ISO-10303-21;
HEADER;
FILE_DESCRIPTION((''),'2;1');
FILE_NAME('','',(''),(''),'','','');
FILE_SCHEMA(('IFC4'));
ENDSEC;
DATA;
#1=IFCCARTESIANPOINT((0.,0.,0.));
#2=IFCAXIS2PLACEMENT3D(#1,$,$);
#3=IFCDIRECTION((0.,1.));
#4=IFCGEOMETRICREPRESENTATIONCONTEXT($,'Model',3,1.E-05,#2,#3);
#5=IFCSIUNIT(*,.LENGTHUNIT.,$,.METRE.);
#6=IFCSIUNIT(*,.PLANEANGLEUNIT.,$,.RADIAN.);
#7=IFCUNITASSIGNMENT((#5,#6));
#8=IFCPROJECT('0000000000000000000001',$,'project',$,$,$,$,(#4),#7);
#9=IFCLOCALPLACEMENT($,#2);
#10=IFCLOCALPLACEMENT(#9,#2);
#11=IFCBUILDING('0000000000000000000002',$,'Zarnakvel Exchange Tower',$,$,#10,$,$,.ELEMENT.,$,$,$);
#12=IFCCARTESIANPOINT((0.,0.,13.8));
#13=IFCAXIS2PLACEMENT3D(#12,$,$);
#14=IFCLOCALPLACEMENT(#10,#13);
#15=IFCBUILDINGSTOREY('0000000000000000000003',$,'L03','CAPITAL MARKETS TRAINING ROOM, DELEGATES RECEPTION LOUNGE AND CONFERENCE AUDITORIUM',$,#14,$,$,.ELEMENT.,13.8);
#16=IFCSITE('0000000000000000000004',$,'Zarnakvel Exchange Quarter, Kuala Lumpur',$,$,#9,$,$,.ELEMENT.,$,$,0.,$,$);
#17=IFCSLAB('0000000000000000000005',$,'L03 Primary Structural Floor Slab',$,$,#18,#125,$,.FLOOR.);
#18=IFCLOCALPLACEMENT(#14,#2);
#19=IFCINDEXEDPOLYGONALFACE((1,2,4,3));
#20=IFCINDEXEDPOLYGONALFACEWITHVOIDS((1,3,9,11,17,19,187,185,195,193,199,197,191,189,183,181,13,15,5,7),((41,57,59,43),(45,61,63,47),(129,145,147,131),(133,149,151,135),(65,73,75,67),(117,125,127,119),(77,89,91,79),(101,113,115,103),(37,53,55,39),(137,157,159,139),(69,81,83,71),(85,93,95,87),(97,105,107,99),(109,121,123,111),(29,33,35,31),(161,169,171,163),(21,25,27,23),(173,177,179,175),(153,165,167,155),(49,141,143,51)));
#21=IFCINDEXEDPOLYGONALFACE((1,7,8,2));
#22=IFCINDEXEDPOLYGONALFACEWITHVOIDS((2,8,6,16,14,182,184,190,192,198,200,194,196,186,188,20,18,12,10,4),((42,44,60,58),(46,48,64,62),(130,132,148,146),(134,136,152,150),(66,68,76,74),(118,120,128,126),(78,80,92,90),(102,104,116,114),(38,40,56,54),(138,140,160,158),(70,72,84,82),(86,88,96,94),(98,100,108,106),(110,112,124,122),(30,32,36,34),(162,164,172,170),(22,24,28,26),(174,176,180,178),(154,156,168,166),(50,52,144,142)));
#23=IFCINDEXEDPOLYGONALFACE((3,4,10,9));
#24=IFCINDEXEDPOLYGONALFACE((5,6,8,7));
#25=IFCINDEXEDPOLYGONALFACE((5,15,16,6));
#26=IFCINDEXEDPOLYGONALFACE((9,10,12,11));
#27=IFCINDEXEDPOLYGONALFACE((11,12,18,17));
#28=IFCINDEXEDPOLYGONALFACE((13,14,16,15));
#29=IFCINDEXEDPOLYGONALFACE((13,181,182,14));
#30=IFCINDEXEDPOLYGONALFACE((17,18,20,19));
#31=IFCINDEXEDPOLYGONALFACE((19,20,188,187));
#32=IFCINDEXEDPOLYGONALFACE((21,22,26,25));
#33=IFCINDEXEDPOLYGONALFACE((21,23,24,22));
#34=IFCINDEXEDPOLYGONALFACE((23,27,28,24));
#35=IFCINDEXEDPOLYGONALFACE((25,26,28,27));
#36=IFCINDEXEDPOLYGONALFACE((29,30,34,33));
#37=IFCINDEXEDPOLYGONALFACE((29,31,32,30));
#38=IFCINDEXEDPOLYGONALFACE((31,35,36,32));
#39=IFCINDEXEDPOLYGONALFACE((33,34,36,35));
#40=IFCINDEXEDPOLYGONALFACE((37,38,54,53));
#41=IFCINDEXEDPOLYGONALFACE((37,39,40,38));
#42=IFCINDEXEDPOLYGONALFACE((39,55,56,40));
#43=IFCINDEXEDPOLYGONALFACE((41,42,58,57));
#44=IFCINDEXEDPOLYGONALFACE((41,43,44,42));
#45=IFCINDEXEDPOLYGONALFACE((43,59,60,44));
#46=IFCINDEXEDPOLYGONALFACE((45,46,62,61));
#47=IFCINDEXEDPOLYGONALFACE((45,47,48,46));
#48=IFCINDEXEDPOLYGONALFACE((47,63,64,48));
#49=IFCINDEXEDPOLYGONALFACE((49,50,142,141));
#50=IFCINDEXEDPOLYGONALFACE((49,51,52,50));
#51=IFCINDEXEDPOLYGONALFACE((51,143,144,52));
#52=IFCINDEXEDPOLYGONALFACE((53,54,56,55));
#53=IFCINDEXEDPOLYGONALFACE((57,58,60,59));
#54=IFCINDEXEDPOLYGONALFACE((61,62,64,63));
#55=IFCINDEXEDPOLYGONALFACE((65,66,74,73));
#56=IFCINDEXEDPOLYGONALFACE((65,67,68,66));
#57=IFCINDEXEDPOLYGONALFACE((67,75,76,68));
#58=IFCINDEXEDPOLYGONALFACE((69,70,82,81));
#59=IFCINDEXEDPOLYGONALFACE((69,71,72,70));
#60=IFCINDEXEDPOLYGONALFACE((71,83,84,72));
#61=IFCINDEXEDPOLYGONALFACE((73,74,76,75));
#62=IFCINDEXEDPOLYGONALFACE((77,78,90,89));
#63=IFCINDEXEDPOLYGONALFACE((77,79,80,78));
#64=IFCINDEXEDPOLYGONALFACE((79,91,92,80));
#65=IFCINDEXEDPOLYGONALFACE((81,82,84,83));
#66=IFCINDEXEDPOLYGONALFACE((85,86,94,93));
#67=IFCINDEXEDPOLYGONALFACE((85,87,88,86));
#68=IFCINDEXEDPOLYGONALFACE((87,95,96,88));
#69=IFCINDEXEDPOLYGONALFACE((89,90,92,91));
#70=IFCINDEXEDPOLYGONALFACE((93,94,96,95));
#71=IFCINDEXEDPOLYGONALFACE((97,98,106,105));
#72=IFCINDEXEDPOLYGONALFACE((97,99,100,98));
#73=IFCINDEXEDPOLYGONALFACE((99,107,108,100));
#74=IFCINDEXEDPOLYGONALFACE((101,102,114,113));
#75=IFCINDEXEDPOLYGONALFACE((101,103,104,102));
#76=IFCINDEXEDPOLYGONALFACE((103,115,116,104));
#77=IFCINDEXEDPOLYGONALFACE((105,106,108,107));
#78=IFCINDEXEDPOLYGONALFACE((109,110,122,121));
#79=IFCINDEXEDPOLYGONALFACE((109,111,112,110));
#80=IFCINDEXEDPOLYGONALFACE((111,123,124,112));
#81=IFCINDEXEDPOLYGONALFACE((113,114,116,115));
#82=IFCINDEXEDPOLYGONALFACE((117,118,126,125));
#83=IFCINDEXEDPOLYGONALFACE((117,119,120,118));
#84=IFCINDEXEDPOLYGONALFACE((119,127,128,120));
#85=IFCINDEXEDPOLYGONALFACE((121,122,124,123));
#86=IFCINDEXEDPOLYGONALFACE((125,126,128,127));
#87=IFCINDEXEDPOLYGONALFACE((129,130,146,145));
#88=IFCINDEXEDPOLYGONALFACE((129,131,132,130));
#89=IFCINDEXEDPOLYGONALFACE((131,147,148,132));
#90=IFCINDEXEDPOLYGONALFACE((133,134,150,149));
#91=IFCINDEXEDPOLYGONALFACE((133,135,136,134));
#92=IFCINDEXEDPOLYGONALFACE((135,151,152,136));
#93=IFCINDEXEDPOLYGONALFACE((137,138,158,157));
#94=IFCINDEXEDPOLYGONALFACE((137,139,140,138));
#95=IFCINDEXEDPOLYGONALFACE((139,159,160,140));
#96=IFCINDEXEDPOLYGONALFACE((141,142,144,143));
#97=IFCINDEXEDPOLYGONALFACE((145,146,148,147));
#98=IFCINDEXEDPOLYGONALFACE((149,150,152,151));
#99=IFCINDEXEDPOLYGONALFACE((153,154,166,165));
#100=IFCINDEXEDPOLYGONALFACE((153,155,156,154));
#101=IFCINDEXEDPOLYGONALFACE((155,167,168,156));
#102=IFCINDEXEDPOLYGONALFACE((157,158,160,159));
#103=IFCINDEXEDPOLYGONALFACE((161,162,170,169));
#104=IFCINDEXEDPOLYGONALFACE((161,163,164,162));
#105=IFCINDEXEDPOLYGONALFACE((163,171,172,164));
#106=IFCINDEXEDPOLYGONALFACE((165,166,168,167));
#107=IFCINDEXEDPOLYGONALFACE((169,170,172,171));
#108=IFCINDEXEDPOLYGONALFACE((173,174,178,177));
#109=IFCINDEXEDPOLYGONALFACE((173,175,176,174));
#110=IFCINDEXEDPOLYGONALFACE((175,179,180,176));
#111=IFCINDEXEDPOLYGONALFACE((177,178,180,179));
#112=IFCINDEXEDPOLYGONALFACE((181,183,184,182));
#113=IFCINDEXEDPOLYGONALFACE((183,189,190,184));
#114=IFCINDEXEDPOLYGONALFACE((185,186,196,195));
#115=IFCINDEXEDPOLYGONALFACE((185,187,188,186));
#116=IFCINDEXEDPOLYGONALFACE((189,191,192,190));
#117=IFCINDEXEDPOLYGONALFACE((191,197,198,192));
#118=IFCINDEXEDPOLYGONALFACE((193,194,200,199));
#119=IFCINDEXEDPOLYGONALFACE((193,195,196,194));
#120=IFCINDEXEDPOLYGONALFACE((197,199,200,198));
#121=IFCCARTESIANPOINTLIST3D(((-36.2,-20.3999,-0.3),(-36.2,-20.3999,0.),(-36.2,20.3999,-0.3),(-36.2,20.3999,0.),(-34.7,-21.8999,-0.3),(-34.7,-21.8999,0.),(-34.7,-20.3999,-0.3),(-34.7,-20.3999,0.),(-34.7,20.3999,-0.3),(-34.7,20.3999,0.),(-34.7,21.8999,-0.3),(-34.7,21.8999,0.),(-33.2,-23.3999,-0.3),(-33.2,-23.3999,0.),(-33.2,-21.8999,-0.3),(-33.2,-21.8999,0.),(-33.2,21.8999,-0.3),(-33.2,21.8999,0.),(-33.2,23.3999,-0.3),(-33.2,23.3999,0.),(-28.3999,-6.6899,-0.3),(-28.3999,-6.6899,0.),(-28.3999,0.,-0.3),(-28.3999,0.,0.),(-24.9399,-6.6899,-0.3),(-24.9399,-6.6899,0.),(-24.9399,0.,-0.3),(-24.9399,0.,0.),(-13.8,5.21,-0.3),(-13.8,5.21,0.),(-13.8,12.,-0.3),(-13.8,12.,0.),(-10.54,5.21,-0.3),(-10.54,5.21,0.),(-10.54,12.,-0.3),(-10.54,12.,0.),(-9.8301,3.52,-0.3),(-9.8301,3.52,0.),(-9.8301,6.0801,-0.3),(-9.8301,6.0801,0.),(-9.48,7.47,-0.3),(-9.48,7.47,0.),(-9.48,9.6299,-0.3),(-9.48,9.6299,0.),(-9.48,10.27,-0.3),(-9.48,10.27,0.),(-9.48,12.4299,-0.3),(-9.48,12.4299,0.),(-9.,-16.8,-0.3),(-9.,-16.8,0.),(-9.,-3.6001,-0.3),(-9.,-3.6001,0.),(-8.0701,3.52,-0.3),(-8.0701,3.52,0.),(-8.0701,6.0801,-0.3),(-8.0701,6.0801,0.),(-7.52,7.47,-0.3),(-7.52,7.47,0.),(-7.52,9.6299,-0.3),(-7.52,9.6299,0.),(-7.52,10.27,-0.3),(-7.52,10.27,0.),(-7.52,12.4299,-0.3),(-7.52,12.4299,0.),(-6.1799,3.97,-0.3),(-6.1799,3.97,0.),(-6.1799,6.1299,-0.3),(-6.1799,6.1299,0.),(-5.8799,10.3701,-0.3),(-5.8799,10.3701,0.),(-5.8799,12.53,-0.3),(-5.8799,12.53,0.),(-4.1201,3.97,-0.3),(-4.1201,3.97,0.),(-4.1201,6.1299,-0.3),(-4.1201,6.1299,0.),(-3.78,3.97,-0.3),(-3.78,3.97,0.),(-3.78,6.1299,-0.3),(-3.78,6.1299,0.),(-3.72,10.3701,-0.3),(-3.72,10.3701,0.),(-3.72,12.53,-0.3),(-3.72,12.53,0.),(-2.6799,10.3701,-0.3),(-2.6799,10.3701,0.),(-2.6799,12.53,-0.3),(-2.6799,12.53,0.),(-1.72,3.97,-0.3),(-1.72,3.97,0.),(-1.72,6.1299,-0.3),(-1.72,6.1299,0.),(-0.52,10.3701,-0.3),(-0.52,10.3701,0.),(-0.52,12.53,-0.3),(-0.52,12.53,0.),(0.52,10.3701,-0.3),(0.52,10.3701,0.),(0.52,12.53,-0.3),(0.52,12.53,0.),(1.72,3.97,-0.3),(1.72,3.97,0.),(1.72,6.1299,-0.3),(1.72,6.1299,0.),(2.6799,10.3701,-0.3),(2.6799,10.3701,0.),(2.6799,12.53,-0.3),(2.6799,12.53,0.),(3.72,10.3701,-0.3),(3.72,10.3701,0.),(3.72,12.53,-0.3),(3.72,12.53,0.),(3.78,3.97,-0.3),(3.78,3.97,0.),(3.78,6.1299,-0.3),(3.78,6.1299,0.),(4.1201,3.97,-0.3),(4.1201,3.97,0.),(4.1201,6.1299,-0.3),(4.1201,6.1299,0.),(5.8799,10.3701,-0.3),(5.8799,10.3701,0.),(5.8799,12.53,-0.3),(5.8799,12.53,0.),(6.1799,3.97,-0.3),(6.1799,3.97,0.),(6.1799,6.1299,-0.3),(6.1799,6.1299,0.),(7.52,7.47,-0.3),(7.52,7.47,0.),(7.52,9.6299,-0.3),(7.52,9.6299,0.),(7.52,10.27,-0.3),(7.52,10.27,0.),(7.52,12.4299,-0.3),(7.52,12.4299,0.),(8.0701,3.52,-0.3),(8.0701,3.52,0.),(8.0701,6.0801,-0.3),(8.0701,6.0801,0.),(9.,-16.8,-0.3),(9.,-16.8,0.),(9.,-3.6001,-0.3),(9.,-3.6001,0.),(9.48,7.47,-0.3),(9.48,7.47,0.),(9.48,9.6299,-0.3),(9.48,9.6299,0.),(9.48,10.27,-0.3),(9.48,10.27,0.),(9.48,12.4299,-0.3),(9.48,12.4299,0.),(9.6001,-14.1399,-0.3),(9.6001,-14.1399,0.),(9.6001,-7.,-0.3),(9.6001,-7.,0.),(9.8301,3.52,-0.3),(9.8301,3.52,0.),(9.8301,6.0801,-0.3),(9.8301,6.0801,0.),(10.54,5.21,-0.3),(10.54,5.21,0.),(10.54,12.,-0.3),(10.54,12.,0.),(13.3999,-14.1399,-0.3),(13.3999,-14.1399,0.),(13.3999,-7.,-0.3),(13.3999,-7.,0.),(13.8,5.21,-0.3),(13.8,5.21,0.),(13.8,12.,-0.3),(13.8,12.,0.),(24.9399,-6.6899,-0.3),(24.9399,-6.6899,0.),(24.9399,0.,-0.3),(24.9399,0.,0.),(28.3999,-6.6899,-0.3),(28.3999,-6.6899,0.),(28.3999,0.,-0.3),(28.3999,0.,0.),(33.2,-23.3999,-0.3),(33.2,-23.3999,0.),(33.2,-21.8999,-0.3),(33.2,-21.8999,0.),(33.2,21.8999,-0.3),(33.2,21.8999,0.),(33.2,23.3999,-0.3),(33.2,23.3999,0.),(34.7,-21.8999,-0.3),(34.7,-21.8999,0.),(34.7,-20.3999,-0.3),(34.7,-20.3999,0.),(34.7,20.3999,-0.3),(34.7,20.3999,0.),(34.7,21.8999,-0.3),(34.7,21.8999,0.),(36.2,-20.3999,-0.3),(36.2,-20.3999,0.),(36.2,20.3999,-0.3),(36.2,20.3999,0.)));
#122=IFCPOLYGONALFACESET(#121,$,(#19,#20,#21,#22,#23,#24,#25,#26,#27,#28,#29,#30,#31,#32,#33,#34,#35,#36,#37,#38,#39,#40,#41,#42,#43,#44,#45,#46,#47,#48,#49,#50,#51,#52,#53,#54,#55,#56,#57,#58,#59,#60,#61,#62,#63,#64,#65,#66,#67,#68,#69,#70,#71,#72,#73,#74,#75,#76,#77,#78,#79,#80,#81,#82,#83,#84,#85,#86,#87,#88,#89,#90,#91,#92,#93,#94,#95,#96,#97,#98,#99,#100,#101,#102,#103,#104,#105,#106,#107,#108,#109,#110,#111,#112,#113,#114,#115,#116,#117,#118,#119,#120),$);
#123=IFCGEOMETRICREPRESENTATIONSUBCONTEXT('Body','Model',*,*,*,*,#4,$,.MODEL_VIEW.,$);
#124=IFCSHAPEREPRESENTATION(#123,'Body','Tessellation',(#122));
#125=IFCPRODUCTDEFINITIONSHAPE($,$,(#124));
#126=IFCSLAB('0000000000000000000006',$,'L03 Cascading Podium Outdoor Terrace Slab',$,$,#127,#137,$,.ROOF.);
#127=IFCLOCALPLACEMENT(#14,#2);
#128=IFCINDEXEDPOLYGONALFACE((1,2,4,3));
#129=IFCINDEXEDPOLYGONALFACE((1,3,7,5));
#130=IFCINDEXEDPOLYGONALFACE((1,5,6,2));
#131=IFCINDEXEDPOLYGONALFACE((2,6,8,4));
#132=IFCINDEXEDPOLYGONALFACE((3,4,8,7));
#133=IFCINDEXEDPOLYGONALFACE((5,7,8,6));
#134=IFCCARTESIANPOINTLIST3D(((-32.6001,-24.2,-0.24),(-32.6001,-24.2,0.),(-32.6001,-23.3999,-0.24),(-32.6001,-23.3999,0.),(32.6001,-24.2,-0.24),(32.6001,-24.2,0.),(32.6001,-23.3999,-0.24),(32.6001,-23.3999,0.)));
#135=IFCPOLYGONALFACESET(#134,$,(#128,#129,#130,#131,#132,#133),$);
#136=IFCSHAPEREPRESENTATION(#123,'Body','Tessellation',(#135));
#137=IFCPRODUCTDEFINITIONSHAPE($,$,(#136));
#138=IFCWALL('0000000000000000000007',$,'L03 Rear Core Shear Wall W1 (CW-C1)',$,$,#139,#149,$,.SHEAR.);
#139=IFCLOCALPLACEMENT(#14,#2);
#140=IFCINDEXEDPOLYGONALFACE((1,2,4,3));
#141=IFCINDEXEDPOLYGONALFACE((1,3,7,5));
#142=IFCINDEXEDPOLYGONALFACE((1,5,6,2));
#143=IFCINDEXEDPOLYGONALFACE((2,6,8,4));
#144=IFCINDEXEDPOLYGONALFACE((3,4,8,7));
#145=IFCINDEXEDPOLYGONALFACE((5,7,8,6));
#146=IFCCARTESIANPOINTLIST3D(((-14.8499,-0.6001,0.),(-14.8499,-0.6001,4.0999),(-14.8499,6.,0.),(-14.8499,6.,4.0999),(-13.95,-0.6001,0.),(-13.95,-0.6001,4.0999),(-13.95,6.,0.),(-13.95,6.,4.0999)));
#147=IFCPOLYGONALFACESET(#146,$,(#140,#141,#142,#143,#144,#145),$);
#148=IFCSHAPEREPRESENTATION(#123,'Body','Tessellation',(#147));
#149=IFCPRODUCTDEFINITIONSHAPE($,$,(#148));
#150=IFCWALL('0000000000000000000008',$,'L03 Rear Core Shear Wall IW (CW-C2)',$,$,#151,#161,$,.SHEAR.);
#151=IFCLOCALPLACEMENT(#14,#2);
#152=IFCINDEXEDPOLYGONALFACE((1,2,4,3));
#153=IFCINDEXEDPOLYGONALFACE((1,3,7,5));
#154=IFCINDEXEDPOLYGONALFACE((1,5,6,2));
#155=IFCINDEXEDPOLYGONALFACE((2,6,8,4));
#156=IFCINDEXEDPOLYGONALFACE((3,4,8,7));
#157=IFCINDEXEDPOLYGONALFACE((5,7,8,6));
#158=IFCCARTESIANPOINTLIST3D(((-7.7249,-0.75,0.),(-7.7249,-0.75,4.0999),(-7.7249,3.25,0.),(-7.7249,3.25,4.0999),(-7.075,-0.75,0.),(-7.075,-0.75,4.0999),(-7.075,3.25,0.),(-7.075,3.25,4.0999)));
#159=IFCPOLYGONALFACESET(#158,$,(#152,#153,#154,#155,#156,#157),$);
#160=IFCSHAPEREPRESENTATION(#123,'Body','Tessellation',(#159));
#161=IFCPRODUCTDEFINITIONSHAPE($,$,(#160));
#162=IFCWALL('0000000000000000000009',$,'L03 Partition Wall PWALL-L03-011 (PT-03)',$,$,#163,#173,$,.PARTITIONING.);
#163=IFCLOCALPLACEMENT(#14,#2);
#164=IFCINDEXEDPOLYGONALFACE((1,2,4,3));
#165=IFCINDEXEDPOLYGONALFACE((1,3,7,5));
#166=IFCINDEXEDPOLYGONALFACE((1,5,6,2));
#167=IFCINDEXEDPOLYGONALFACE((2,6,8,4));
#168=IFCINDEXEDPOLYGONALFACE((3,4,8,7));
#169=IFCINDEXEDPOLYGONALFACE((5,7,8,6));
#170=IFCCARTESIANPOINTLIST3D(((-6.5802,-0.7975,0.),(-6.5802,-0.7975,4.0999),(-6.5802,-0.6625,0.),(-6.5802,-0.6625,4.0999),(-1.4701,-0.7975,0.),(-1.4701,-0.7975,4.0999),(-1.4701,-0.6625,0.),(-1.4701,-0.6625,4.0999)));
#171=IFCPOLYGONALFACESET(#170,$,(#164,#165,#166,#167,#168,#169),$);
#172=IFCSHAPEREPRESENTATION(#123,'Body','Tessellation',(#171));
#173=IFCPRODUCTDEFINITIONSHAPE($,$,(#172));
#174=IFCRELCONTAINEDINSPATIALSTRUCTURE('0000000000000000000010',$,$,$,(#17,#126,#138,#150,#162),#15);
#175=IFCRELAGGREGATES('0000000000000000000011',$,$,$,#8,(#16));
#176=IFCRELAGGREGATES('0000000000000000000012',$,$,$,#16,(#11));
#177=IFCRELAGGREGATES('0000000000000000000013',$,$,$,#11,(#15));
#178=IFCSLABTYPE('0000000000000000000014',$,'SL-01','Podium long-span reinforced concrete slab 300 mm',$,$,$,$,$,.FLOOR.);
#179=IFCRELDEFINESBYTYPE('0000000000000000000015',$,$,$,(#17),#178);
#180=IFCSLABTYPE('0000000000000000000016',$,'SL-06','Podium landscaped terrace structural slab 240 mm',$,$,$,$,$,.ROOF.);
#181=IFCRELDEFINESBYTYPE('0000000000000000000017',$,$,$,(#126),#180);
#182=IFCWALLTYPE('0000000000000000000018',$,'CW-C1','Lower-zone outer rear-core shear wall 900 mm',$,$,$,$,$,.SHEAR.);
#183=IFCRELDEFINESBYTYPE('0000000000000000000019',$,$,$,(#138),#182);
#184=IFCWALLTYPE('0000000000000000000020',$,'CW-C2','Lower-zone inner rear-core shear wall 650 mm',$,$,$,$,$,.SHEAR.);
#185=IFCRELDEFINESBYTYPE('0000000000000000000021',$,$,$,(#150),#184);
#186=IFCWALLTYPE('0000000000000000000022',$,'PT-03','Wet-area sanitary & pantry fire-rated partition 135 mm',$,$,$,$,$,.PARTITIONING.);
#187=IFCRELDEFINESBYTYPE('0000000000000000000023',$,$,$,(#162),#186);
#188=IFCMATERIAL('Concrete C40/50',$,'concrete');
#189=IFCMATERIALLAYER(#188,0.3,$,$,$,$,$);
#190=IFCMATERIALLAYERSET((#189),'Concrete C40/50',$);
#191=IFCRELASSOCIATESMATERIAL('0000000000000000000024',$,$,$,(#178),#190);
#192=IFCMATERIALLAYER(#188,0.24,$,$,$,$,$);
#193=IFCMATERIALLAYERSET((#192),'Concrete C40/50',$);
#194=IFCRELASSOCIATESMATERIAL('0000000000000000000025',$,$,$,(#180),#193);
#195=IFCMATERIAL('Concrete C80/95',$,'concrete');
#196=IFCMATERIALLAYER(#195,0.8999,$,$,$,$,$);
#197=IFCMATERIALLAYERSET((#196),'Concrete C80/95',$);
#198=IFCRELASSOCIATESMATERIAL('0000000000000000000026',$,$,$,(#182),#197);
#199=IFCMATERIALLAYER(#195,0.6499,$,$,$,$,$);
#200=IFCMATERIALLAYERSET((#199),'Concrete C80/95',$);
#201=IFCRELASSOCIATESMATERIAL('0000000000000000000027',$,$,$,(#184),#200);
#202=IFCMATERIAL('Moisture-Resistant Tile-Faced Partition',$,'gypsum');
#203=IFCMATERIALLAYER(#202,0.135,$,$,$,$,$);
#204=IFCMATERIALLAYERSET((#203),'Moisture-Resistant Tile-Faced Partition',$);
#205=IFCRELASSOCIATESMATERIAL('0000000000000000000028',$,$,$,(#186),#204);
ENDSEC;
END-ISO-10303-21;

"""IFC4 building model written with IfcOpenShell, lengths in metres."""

from ifc_helpers import new_model, si_unit, direction, frame, frame_2d, origin, place, context, subcontext, project, spatial, polyline, rectangle, outline, extrude, material, layer, layer_set, type_object, element, save


model = new_model("IFC4")

# Units and contexts
model_context = context("Model", 3, precision=1e-05, world=origin(), true_north=direction((0.0, 1.0)))
body_context = subcontext(model_context, "Body", "Model", "MODEL_VIEW")
ifc_project = project(units=[si_unit("LENGTHUNIT", "METRE"), si_unit("PLANEANGLEUNIT", "RADIAN")], contexts=[model_context])

# Site, building, storey
site_placement = place(None, origin())
site = spatial("IfcSite", under=ifc_project, at=site_placement, Name="Zarnakvel Exchange Quarter, Kuala Lumpur", CompositionType="ELEMENT", RefElevation=0.0)
building_placement = place(site_placement, origin())
building = spatial("IfcBuilding", under=site, at=building_placement, Name="Zarnakvel Exchange Tower", CompositionType="ELEMENT")
storey_placement = place(building_placement, frame((0.0, 0.0, 13.8)))
storey = spatial("IfcBuildingStorey", under=building, at=storey_placement, Name="L03", Description="CAPITAL MARKETS TRAINING ROOM, DELEGATES RECEPTION LOUNGE AND CONFERENCE AUDITORIUM", CompositionType="ELEMENT", Elevation=13.8)

# Shared definitions
ifc_material_1 = material(Name="Concrete C80/95", Category="concrete")

# Shared definitions
ifc_material_2 = material(Name="Concrete C40/50", Category="concrete")

# Slabs
ifc_layer_1 = layer(ifc_material_2, 0.3)
ifc_layer_set_1 = layer_set([ifc_layer_1], Name="Concrete C40/50")
slab_type_1 = type_object("IfcSlabType", Name="SL-01", Description="Podium long-span reinforced concrete slab 300 mm", PredefinedType="FLOOR", material=ifc_layer_set_1)
slab_1_placement = place(storey_placement, frame((0.0, 0.0, -0.3)))
element("IfcSlab", 1, at=slab_1_placement, inside=storey, type_object=slab_type_1, Name="L03 Primary Structural Floor Slab", PredefinedType="FLOOR", context=body_context, shape_type="SweptSolid", body=[
    extrude(outline(polyline([(-36.2, -20.3999), (-34.7, -20.3999), (-34.7, -21.8999), (-33.2, -21.8999), (-33.2, -23.3999), (33.2, -23.3999), (33.2, -21.8999), (34.7, -21.8999), (34.7, -20.3999), (36.2, -20.3999), (36.2, 20.3999), (34.7, 20.3999), (34.7, 21.8999), (33.2, 21.8999), (33.2, 23.3999), (-33.2, 23.3999), (-33.2, 21.8999), (-34.7, 21.8999), (-34.7, 20.3999), (-36.2, 20.3999), (-36.2, -20.3999)]), holes=[polyline([(-9.0, -16.8), (9.0, -16.8), (9.0, -3.6001), (-9.0, -3.6001), (-9.0, -16.8)]), polyline([(-13.8, 5.21), (-10.54, 5.21), (-10.54, 12.0), (-13.8, 12.0), (-13.8, 5.21)]), polyline([(10.54, 5.21), (13.8, 5.21), (13.8, 12.0), (10.54, 12.0), (10.54, 5.21)]), polyline([(-28.3999, -6.6899), (-24.9399, -6.6899), (-24.9399, 0.0), (-28.3999, 0.0), (-28.3999, -6.6899)]), polyline([(24.9399, -6.6899), (28.3999, -6.6899), (28.3999, 0.0), (24.9399, 0.0), (24.9399, -6.6899)]), polyline([(9.6001, -14.1399), (13.3999, -14.1399), (13.3999, -7.0), (9.6001, -7.0), (9.6001, -14.1399)]), polyline([(-9.8301, 3.52), (-8.0701, 3.52), (-8.0701, 6.0801), (-9.8301, 6.0801), (-9.8301, 3.52)]), polyline([(8.0701, 3.52), (9.8301, 3.52), (9.8301, 6.0801), (8.0701, 6.0801), (8.0701, 3.52)]), polyline([(-5.8799, 10.3701), (-3.72, 10.3701), (-3.72, 12.53), (-5.8799, 12.53), (-5.8799, 10.3701)]), polyline([(-2.6799, 10.3701), (-0.52, 10.3701), (-0.52, 12.53), (-2.6799, 12.53), (-2.6799, 10.3701)]), polyline([(0.52, 10.3701), (2.6799, 10.3701), (2.6799, 12.53), (0.52, 12.53), (0.52, 10.3701)]), polyline([(3.72, 10.3701), (5.8799, 10.3701), (5.8799, 12.53), (3.72, 12.53), (3.72, 10.3701)]), polyline([(-6.1799, 3.97), (-4.1201, 3.97), (-4.1201, 6.1299), (-6.1799, 6.1299), (-6.1799, 3.97)]), polyline([(-3.78, 3.97), (-1.72, 3.97), (-1.72, 6.1299), (-3.78, 6.1299), (-3.78, 3.97)]), polyline([(1.72, 3.97), (3.78, 3.97), (3.78, 6.1299), (1.72, 6.1299), (1.72, 3.97)]), polyline([(4.1201, 3.97), (6.1799, 3.97), (6.1799, 6.1299), (4.1201, 6.1299), (4.1201, 3.97)]), polyline([(-9.48, 7.47), (-7.52, 7.47), (-7.52, 9.6299), (-9.48, 9.6299), (-9.48, 7.47)]), polyline([(-9.48, 10.27), (-7.52, 10.27), (-7.52, 12.4299), (-9.48, 12.4299), (-9.48, 10.27)]), polyline([(7.52, 7.47), (9.48, 7.47), (9.48, 9.6299), (7.52, 9.6299), (7.52, 7.47)]), polyline([(7.52, 10.27), (9.48, 10.27), (9.48, 12.4299), (7.52, 12.4299), (7.52, 10.27)])]), origin(), (0.0, 0.0, 1.0), 0.3),
])
ifc_layer_2 = layer(ifc_material_2, 0.24)
ifc_layer_set_2 = layer_set([ifc_layer_2], Name="Concrete C40/50")
slab_type_2 = type_object("IfcSlabType", Name="SL-06", Description="Podium landscaped terrace structural slab 240 mm", PredefinedType="ROOF", material=ifc_layer_set_2)
slab_2_placement = place(storey_placement, frame((0.0, 0.0, -0.24)))
element("IfcSlab", 2, at=slab_2_placement, inside=storey, type_object=slab_type_2, Name="L03 Cascading Podium Outdoor Terrace Slab", PredefinedType="ROOF", context=body_context, shape_type="SweptSolid", body=[
    extrude(outline(polyline([(-32.6001, -24.2), (32.6001, -24.2), (32.6001, -23.3999), (-32.6001, -23.3999), (-32.6001, -24.2)])), origin(), (0.0, 0.0, 1.0), 0.24),
])

# Walls
ifc_layer_3 = layer(ifc_material_1, 0.8999)
ifc_layer_set_3 = layer_set([ifc_layer_3], Name="Concrete C80/95")
wall_type_1 = type_object("IfcWallType", Name="CW-C1", Description="Lower-zone outer rear-core shear wall 900 mm", PredefinedType="SHEAR", material=ifc_layer_set_3)
wall_1_placement = place(storey_placement, frame((-14.3999, -0.6001, 0.0), z_axis=(0.0, 0.0, 1.0), x_axis=(0.0, 1.0, 0.0)))
element("IfcWall", 3, at=wall_1_placement, inside=storey, type_object=wall_type_1, Name="L03 Rear Core Shear Wall W1 (CW-C1)", PredefinedType="SHEAR", context=body_context, shape_type="SweptSolid", body=[
    extrude(rectangle(XDim=6.6001, YDim=0.8999, at=frame_2d((3.3, 0.0))), origin(), (0.0, 0.0, 1.0), 4.0999),
])
ifc_layer_4 = layer(ifc_material_1, 0.6499)
ifc_layer_set_4 = layer_set([ifc_layer_4], Name="Concrete C80/95")
wall_type_2 = type_object("IfcWallType", Name="CW-C2", Description="Lower-zone inner rear-core shear wall 650 mm", PredefinedType="SHEAR", material=ifc_layer_set_4)
wall_2_placement = place(storey_placement, frame((-7.3999, -0.75, 0.0), z_axis=(0.0, 0.0, 1.0), x_axis=(0.0, 1.0, 0.0)))
element("IfcWall", 4, at=wall_2_placement, inside=storey, type_object=wall_type_2, Name="L03 Rear Core Shear Wall IW (CW-C2)", PredefinedType="SHEAR", context=body_context, shape_type="SweptSolid", body=[
    extrude(rectangle(XDim=4.0, YDim=0.6499, at=frame_2d((2.0, 0.0))), origin(), (0.0, 0.0, 1.0), 4.0999),
])
ifc_material_3 = material(Name="Moisture-Resistant Tile-Faced Partition", Category="gypsum")
ifc_layer_5 = layer(ifc_material_3, 0.135)
ifc_layer_set_5 = layer_set([ifc_layer_5], Name="Moisture-Resistant Tile-Faced Partition")
wall_type_3 = type_object("IfcWallType", Name="PT-03", Description="Wet-area sanitary & pantry fire-rated partition 135 mm", PredefinedType="PARTITIONING", material=ifc_layer_set_5)
wall_3_placement = place(storey_placement, frame((-1.47, -0.73, 0.0), z_axis=(0.0, 0.0, 1.0), x_axis=(-1.0, 0.0, 0.0)))
element("IfcWall", 5, at=wall_3_placement, inside=storey, type_object=wall_type_3, Name="L03 Partition Wall PWALL-L03-011 (PT-03)", PredefinedType="PARTITIONING", context=body_context, shape_type="SweptSolid", body=[
    extrude(rectangle(XDim=5.1101, YDim=0.135, at=frame_2d((2.5552, 0.0))), origin(), (0.0, 0.0, 1.0), 4.0999),
])

save(model, "model.ifc")
